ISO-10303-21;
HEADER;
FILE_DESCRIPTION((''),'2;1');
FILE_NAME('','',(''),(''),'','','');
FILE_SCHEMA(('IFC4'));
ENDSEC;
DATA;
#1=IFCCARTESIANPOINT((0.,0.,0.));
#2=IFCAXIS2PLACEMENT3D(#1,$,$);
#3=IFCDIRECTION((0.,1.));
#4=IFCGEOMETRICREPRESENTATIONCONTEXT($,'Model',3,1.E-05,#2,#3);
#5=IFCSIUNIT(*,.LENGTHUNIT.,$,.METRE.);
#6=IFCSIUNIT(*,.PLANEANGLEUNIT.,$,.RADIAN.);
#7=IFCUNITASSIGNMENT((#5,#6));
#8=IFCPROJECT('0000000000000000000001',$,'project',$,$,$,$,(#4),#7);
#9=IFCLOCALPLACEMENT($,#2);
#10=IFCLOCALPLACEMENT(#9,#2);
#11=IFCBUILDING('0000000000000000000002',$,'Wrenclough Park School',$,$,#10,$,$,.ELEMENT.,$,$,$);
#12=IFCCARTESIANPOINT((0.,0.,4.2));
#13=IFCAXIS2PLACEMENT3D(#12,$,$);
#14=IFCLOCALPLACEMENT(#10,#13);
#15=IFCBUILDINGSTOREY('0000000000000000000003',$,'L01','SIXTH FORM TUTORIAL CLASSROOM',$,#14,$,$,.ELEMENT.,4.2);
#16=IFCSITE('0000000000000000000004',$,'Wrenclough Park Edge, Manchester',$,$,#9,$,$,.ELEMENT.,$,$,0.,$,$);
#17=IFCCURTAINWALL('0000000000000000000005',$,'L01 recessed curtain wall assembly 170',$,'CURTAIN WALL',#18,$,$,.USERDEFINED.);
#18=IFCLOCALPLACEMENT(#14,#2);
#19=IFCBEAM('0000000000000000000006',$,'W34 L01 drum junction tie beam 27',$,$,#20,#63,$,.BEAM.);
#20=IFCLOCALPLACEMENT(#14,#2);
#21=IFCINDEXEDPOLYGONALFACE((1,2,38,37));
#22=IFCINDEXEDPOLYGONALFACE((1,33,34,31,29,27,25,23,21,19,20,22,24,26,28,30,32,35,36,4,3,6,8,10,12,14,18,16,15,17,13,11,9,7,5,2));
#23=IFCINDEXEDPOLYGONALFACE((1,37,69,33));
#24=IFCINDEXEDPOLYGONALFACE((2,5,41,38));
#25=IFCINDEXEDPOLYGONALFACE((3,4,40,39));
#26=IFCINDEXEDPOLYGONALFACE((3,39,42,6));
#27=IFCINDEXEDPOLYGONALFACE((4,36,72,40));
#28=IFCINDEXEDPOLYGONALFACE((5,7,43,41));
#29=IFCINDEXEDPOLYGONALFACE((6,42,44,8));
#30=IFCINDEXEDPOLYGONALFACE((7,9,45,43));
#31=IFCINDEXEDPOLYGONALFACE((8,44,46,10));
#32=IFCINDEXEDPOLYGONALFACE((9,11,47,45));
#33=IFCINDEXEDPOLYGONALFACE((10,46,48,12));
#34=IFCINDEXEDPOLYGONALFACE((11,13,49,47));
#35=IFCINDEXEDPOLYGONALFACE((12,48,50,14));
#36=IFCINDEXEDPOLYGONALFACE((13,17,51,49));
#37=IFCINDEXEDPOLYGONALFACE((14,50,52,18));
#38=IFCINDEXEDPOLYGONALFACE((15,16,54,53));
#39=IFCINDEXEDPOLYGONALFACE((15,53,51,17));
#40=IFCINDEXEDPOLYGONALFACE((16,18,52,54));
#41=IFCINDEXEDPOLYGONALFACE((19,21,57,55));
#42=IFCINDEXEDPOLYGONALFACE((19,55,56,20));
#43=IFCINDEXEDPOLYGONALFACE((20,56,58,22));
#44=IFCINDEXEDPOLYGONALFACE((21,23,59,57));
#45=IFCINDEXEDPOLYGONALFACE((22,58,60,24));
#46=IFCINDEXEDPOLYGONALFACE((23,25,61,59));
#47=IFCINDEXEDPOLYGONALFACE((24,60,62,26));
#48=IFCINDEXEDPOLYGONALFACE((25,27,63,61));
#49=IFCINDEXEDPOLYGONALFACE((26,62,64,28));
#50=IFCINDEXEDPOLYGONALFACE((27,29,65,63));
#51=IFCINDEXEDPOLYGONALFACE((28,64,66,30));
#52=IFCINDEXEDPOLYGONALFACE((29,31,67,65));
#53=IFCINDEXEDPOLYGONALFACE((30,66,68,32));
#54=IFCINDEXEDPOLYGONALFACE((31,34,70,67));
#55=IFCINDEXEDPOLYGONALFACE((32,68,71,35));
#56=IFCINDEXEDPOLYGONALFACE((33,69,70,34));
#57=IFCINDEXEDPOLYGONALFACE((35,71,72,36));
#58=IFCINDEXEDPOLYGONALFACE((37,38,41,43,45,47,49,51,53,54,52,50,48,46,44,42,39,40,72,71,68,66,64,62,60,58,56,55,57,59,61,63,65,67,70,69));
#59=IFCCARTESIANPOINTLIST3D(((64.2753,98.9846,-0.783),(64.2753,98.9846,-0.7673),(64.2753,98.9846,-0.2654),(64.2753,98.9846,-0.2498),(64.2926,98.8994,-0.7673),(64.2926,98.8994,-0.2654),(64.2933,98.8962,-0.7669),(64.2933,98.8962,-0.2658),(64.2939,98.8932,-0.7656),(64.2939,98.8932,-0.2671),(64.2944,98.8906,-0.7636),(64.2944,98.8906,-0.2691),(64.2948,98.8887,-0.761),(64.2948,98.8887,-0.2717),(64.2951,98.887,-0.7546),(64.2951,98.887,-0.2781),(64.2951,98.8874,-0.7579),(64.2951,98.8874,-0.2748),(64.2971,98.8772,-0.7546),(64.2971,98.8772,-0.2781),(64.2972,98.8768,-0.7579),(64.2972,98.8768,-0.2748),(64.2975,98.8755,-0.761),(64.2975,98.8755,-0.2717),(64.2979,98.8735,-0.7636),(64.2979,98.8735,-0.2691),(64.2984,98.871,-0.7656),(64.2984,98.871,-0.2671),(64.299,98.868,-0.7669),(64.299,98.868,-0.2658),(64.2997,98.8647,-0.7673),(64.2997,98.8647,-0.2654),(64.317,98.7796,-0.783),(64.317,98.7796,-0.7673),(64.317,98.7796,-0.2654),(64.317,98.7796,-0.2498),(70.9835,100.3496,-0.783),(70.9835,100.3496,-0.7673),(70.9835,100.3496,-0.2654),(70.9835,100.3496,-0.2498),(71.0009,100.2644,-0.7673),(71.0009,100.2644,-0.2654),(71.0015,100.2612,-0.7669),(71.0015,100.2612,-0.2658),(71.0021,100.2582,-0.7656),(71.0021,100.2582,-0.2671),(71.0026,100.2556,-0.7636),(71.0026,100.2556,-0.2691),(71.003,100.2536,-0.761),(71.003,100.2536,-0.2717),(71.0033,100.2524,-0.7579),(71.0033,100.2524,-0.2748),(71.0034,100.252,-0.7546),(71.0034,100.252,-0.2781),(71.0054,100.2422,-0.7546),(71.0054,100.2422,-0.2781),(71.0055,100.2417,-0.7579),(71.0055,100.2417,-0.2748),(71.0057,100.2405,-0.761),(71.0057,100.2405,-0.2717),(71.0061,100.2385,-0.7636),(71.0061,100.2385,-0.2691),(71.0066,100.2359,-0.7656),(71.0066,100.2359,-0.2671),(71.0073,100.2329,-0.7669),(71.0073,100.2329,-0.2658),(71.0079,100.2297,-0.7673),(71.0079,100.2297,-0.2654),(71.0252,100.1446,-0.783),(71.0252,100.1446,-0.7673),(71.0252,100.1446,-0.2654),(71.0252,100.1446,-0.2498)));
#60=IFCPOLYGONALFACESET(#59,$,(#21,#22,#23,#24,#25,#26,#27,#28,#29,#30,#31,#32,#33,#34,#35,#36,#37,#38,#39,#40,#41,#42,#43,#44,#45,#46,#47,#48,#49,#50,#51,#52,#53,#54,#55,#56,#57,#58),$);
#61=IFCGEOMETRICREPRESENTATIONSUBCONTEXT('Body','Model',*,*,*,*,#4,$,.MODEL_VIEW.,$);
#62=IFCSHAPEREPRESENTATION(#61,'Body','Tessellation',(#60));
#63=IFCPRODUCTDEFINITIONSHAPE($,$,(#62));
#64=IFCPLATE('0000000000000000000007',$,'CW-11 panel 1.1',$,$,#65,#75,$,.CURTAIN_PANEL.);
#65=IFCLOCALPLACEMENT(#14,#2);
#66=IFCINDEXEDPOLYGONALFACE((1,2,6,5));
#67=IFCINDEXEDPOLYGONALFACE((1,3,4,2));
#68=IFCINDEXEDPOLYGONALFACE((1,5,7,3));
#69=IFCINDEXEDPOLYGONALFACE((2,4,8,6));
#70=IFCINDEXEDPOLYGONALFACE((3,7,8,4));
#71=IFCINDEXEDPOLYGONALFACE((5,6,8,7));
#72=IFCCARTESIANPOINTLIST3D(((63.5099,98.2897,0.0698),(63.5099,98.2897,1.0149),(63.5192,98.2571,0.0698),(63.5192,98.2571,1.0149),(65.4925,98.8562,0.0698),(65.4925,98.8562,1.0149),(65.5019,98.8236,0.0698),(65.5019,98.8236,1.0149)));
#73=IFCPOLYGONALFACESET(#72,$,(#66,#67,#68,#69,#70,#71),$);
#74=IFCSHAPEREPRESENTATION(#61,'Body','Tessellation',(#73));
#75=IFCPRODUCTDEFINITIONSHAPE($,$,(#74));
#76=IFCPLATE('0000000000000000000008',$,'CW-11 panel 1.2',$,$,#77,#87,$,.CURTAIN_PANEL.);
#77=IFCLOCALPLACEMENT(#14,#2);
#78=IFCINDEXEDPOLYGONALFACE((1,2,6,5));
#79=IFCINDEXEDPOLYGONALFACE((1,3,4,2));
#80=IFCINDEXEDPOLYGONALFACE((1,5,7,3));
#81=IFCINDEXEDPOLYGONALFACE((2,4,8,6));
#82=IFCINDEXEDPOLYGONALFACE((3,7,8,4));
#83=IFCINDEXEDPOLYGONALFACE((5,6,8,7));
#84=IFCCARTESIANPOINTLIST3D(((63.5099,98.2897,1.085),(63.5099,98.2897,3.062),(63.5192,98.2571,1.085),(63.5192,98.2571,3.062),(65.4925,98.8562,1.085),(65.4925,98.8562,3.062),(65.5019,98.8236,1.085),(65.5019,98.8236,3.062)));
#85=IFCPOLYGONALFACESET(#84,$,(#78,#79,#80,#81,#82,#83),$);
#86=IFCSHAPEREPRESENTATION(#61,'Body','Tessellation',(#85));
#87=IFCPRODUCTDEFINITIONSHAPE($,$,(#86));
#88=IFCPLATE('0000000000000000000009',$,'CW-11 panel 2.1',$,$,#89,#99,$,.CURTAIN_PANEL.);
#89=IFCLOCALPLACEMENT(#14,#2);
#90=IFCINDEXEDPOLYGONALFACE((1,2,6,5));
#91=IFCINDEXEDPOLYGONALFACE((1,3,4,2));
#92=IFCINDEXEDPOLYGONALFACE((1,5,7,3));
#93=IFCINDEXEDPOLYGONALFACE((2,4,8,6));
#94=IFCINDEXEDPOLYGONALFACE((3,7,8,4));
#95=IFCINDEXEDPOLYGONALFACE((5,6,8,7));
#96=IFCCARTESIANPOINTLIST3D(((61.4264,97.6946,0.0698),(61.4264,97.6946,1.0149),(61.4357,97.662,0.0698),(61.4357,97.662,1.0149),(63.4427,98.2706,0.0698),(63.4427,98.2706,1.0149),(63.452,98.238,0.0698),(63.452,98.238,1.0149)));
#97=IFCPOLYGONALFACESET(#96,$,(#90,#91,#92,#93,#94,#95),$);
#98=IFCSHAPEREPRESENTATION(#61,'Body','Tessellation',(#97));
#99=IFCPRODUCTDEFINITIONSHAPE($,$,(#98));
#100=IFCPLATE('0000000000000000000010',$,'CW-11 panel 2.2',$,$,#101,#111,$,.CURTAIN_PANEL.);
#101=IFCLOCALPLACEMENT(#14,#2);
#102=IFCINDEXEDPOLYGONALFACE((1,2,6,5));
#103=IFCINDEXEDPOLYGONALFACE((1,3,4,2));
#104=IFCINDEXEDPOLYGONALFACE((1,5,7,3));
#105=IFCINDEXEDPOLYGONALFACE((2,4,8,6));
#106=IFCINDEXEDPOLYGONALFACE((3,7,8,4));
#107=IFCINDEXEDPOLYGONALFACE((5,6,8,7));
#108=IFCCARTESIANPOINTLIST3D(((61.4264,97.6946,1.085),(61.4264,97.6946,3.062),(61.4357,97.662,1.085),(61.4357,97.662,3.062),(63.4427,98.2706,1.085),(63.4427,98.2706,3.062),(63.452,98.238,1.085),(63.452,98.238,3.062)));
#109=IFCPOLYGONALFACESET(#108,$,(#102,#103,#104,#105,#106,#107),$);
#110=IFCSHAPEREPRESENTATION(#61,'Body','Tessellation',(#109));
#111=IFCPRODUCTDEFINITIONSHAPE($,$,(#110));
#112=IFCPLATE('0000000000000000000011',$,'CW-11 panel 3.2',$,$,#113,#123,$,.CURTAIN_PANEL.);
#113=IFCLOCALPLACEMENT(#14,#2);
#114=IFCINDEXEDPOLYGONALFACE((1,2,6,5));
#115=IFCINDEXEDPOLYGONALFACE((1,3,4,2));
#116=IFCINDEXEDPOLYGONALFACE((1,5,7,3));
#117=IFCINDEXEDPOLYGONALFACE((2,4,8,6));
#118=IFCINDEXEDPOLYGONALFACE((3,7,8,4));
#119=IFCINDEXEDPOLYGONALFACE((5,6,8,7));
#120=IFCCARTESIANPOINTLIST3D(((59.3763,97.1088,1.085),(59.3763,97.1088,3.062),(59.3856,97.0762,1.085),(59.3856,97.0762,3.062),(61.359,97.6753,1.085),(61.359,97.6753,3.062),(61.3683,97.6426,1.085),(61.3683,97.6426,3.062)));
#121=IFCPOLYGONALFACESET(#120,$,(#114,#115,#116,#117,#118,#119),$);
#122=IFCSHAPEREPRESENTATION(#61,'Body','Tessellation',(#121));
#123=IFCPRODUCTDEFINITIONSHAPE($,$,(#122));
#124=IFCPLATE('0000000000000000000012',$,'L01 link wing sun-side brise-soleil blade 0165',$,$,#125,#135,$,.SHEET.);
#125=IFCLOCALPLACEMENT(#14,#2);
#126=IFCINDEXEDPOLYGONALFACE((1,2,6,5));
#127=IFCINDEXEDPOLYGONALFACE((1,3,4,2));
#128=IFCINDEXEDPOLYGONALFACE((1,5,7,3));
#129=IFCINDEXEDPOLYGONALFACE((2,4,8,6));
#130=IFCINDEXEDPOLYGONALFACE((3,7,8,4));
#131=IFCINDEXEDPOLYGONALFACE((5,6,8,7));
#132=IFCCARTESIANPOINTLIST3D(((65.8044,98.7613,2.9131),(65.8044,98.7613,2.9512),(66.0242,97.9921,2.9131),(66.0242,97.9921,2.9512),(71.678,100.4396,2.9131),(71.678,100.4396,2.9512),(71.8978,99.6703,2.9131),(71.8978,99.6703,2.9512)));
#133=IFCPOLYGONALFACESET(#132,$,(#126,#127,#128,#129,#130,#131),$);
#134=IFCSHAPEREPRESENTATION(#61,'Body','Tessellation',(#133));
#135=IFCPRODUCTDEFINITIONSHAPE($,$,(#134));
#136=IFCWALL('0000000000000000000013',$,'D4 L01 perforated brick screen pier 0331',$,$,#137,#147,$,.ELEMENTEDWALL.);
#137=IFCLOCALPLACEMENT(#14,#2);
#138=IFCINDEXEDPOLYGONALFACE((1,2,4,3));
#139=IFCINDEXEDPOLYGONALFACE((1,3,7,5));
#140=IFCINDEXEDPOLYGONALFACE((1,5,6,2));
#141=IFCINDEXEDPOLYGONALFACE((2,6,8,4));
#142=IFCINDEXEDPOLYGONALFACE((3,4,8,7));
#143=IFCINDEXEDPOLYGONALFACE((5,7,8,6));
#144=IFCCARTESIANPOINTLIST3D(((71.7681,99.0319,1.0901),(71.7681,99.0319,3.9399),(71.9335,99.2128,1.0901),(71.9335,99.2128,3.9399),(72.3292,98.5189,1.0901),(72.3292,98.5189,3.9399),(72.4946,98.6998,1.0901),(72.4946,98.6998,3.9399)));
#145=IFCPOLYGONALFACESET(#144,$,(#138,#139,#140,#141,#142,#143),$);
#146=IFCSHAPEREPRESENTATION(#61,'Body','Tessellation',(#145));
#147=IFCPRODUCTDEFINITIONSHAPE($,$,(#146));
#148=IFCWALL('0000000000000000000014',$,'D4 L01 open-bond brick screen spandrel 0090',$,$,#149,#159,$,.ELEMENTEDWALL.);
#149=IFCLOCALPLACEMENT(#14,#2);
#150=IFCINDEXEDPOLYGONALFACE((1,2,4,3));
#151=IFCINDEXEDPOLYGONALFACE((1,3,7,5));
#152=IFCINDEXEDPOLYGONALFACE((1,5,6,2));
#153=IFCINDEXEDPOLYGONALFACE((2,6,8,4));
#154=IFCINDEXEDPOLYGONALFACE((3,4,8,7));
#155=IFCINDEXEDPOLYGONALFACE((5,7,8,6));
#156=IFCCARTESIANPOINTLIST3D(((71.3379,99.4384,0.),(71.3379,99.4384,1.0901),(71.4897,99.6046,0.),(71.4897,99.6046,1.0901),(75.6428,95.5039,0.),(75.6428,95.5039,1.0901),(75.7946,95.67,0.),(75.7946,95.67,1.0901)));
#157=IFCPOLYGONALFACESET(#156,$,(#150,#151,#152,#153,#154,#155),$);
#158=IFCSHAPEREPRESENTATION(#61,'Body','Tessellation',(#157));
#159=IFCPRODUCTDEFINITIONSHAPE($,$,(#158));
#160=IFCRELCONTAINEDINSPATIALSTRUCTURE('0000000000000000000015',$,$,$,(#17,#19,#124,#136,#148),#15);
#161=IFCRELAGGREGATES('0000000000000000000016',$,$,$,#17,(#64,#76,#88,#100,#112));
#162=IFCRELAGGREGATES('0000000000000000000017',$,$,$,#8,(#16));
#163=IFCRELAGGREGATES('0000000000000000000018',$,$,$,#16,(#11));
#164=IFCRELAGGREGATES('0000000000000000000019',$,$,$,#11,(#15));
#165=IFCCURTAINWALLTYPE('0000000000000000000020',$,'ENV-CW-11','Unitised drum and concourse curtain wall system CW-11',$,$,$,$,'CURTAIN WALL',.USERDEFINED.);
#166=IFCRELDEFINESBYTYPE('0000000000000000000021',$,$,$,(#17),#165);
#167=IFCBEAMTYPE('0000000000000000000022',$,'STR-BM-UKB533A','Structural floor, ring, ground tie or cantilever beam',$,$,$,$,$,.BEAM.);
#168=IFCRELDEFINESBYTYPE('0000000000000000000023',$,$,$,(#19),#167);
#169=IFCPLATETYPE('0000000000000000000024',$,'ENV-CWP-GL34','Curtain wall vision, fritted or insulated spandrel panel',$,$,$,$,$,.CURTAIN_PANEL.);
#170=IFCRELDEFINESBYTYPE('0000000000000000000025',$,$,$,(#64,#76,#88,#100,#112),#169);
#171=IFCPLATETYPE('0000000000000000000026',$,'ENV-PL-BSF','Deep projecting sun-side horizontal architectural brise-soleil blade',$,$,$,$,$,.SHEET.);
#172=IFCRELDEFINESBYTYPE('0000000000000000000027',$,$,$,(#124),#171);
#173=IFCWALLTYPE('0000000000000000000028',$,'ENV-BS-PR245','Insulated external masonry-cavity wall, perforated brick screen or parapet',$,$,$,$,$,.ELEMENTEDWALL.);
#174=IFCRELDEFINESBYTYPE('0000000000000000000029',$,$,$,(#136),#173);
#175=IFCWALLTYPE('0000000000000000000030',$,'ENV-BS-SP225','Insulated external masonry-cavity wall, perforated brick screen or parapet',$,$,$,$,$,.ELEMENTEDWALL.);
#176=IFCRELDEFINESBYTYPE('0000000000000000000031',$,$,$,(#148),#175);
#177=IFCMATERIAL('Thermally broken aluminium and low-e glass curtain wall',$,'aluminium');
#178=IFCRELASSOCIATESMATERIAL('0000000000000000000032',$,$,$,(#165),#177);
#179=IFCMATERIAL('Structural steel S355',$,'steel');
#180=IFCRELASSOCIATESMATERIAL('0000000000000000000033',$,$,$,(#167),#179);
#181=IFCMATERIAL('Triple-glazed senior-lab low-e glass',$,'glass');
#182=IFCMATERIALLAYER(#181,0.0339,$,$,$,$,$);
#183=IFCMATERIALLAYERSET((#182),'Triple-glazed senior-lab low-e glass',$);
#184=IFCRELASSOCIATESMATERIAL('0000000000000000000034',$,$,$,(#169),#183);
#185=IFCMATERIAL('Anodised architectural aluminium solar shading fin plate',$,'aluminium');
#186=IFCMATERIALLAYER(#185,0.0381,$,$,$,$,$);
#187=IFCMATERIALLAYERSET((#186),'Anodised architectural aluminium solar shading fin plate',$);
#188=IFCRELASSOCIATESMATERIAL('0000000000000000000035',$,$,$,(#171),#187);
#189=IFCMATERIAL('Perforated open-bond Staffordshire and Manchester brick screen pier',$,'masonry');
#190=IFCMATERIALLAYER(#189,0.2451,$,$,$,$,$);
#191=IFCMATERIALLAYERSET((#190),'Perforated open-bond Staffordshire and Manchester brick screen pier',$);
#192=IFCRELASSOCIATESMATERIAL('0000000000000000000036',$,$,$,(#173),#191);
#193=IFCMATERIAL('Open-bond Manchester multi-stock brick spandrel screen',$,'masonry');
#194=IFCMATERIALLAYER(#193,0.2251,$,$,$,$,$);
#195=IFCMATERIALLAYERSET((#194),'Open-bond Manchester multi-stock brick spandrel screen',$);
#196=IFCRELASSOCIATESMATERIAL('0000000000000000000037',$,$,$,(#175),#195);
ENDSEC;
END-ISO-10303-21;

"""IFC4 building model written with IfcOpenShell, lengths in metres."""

from ifc_helpers import new_model, si_unit, direction, frame, frame_2d, origin, origin_2d, place, context, subcontext, project, spatial, rectangle, i_section, extrude, material, layer, layer_set, material_profile, profile_set, type_object, element, aggregate, save


model = new_model("IFC4")

# Units and contexts
model_context = context("Model", 3, precision=1e-05, world=origin(), true_north=direction((0.0, 1.0)))
body_context = subcontext(model_context, "Body", "Model", "MODEL_VIEW")
ifc_project = project(units=[si_unit("LENGTHUNIT", "METRE"), si_unit("PLANEANGLEUNIT", "RADIAN")], contexts=[model_context])

# Site, building, storey
site_placement = place(None, origin())
site = spatial("IfcSite", under=ifc_project, at=site_placement, Name="Wrenclough Park Edge, Manchester", CompositionType="ELEMENT", RefElevation=0.0)
building_placement = place(site_placement, origin())
building = spatial("IfcBuilding", under=site, at=building_placement, Name="Wrenclough Park School", CompositionType="ELEMENT")
storey_placement = place(building_placement, frame((0.0, 0.0, 4.2)))
storey = spatial("IfcBuildingStorey", under=building, at=storey_placement, Name="L01", Description="SIXTH FORM TUTORIAL CLASSROOM", CompositionType="ELEMENT", Elevation=4.2)

# Shared definitions
ifc_material_1 = material(Name="Structural steel S355", Category="steel")

# Curtain wall
ifc_material_2 = material(Name="Thermally broken aluminium and low-e glass curtain wall", Category="aluminium")
curtain_wall_type = type_object("IfcCurtainWallType", Name="ENV-CW-11", Description="Unitised drum and concourse curtain wall system CW-11", ElementType="CURTAIN WALL", PredefinedType="USERDEFINED", material=ifc_material_2)
curtain_wall_placement = place(storey_placement, origin())
curtain_wall = element("IfcCurtainWall", 1, at=curtain_wall_placement, inside=storey, type_object=curtain_wall_type, Name="L01 recessed curtain wall assembly 170", ObjectType="CURTAIN WALL", PredefinedType="USERDEFINED")

# Beam
ifc_material_profile_1 = material_profile(ifc_material_1, i_section(OverallWidth=0.2092, OverallDepth=0.5332, WebThickness=0.01, FlangeThickness=0.0156, FilletRadius=0.0127, at=origin_2d()), Name="UKB 533x210x92")
ifc_profile_set_1 = profile_set([ifc_material_profile_1], Name="Structural steel S355")
beam_type_1 = type_object("IfcBeamType", Name="STR-BM-UKB533A", Description="Structural floor, ring, ground tie or cantilever beam", PredefinedType="BEAM", material=ifc_profile_set_1)
beam_1_placement = place(storey_placement, frame((64.2961, 98.8821, -0.5164), z_axis=(0.97992, 0.199393, 0.0), x_axis=(-0.199393, 0.97992, 0.0)))
element("IfcBeam", 2, at=beam_1_placement, inside=storey, type_object=beam_type_1, Name="W34 L01 drum junction tie beam 27", PredefinedType="BEAM", context=body_context, shape_type="SweptSolid", body=[
    extrude(i_section(OverallWidth=0.2092, OverallDepth=0.5332, WebThickness=0.01, FlangeThickness=0.0156, FilletRadius=0.0127, at=origin_2d()), origin(), (0.0, 0.0, 1.0), 6.8457),
])

# Plates
ifc_material_3 = material(Name="Triple-glazed senior-lab low-e glass", Category="glass")
ifc_layer_1 = layer(ifc_material_3, 0.0339)
ifc_layer_set_1 = layer_set([ifc_layer_1], Name="Triple-glazed senior-lab low-e glass")
plate_type_1 = type_object("IfcPlateType", Name="ENV-CWP-GL34", Description="Curtain wall vision, fritted or insulated spandrel panel", PredefinedType="CURTAIN_PANEL", material=ifc_layer_set_1)
plate_1_placement = place(storey_placement, frame((64.5059, 98.5566, 0.0698), z_axis=(0.0, 0.0, 1.0), x_axis=(-0.961527, -0.274709, 0.0)))
plate_1 = element("IfcPlate", 3, at=plate_1_placement, type_object=plate_type_1, Name="CW-11 panel 1.1", PredefinedType="CURTAIN_PANEL", context=body_context, shape_type="SweptSolid", body=[
    extrude(rectangle(XDim=2.062, YDim=0.0339, at=origin_2d()), origin(), (0.0, 0.0, 1.0), 0.9451),
])
plate_2_placement = place(storey_placement, frame((64.5059, 98.5566, 1.085), z_axis=(0.0, 0.0, 1.0), x_axis=(-0.961527, -0.274709, 0.0)))
plate_2 = element("IfcPlate", 4, at=plate_2_placement, type_object=plate_type_1, Name="CW-11 panel 1.2", PredefinedType="CURTAIN_PANEL", context=body_context, shape_type="SweptSolid", body=[
    extrude(rectangle(XDim=2.062, YDim=0.0339, at=origin_2d()), origin(), (0.0, 0.0, 1.0), 1.9771),
])
plate_3_placement = place(storey_placement, frame((62.4392, 97.9663, 0.0698), z_axis=(0.0, 0.0, 1.0), x_axis=(-0.961527, -0.274709, 0.0)))
plate_3 = element("IfcPlate", 5, at=plate_3_placement, type_object=plate_type_1, Name="CW-11 panel 2.1", PredefinedType="CURTAIN_PANEL", context=body_context, shape_type="SweptSolid", body=[
    extrude(rectangle(XDim=2.0969, YDim=0.0339, at=origin_2d()), origin(), (0.0, 0.0, 1.0), 0.9451),
])
plate_4_placement = place(storey_placement, frame((62.4392, 97.9663, 1.085), z_axis=(0.0, 0.0, 1.0), x_axis=(-0.961527, -0.274709, 0.0)))
plate_4 = element("IfcPlate", 6, at=plate_4_placement, type_object=plate_type_1, Name="CW-11 panel 2.2", PredefinedType="CURTAIN_PANEL", context=body_context, shape_type="SweptSolid", body=[
    extrude(rectangle(XDim=2.0969, YDim=0.0339, at=origin_2d()), origin(), (0.0, 0.0, 1.0), 1.9771),
])
plate_5_placement = place(storey_placement, frame((60.3723, 97.3757, 1.085), z_axis=(0.0, 0.0, 1.0), x_axis=(-0.961527, -0.274709, 0.0)))
plate_5 = element("IfcPlate", 7, at=plate_5_placement, type_object=plate_type_1, Name="CW-11 panel 3.2", PredefinedType="CURTAIN_PANEL", context=body_context, shape_type="SweptSolid", body=[
    extrude(rectangle(XDim=2.062, YDim=0.0339, at=origin_2d()), origin(), (0.0, 0.0, 1.0), 1.9771),
])
aggregate(curtain_wall, [plate_1, plate_2, plate_3, plate_4, plate_5])
ifc_material_4 = material(Name="Anodised architectural aluminium solar shading fin plate", Category="aluminium")
ifc_layer_2 = layer(ifc_material_4, 0.0381)
ifc_layer_set_2 = layer_set([ifc_layer_2], Name="Anodised architectural aluminium solar shading fin plate")
plate_type_2 = type_object("IfcPlateType", Name="ENV-PL-BSF", Description="Deep projecting sun-side horizontal architectural brise-soleil blade", PredefinedType="SHEET", material=ifc_layer_set_2)
plate_6_placement = place(storey_placement, frame((68.8511, 99.2158, 2.9131), z_axis=(0.0, 0.0, 1.0), x_axis=(-0.961522, -0.274727, 0.0)))
element("IfcPlate", 8, at=plate_6_placement, inside=storey, type_object=plate_type_2, Name="L01 link wing sun-side brise-soleil blade 0165", PredefinedType="SHEET", context=body_context, shape_type="SweptSolid", body=[
    extrude(rectangle(XDim=6.1086, YDim=0.8, at=origin_2d()), origin(), (0.0, 0.0, 1.0), 0.0381),
])

# Walls
ifc_material_5 = material(Name="Perforated open-bond Staffordshire and Manchester brick screen pier", Category="masonry")
ifc_layer_3 = layer(ifc_material_5, 0.2451)
ifc_layer_set_3 = layer_set([ifc_layer_3], Name="Perforated open-bond Staffordshire and Manchester brick screen pier")
wall_type_1 = type_object("IfcWallType", Name="ENV-BS-PR245", Description="Insulated external masonry-cavity wall, perforated brick screen or parapet", PredefinedType="ELEMENTEDWALL", material=ifc_layer_set_3)
wall_1_placement = place(storey_placement, frame((71.8508, 99.1223, 1.0901), z_axis=(0.0, 0.0, 1.0), x_axis=(0.738033, -0.674764, 0.0)))
element("IfcWall", 9, at=wall_1_placement, inside=storey, type_object=wall_type_1, Name="D4 L01 perforated brick screen pier 0331", PredefinedType="ELEMENTEDWALL", context=body_context, shape_type="SweptSolid", body=[
    extrude(rectangle(XDim=0.7603, YDim=0.2451, at=frame_2d((0.3801, 0.0))), origin(), (0.0, 0.0, 1.0), 2.8499),
])
ifc_material_6 = material(Name="Open-bond Manchester multi-stock brick spandrel screen", Category="masonry")
ifc_layer_4 = layer(ifc_material_6, 0.2251)
ifc_layer_set_4 = layer_set([ifc_layer_4], Name="Open-bond Manchester multi-stock brick spandrel screen")
wall_type_2 = type_object("IfcWallType", Name="ENV-BS-SP225", Description="Insulated external masonry-cavity wall, perforated brick screen or parapet", PredefinedType="ELEMENTEDWALL", material=ifc_layer_set_4)
wall_2_placement = place(storey_placement, frame((71.4138, 99.5215, 0.0), z_axis=(0.0, 0.0, 1.0), x_axis=(0.738146, -0.674642, 0.0)))
element("IfcWall", 10, at=wall_2_placement, inside=storey, type_object=wall_type_2, Name="D4 L01 open-bond brick screen spandrel 0090", PredefinedType="ELEMENTEDWALL", context=body_context, shape_type="SweptSolid", body=[
    extrude(rectangle(XDim=5.832, YDim=0.2251, at=frame_2d((2.916, 0.0))), origin(), (0.0, 0.0, 1.0), 1.0901),
])

save(model, "model.ifc")
